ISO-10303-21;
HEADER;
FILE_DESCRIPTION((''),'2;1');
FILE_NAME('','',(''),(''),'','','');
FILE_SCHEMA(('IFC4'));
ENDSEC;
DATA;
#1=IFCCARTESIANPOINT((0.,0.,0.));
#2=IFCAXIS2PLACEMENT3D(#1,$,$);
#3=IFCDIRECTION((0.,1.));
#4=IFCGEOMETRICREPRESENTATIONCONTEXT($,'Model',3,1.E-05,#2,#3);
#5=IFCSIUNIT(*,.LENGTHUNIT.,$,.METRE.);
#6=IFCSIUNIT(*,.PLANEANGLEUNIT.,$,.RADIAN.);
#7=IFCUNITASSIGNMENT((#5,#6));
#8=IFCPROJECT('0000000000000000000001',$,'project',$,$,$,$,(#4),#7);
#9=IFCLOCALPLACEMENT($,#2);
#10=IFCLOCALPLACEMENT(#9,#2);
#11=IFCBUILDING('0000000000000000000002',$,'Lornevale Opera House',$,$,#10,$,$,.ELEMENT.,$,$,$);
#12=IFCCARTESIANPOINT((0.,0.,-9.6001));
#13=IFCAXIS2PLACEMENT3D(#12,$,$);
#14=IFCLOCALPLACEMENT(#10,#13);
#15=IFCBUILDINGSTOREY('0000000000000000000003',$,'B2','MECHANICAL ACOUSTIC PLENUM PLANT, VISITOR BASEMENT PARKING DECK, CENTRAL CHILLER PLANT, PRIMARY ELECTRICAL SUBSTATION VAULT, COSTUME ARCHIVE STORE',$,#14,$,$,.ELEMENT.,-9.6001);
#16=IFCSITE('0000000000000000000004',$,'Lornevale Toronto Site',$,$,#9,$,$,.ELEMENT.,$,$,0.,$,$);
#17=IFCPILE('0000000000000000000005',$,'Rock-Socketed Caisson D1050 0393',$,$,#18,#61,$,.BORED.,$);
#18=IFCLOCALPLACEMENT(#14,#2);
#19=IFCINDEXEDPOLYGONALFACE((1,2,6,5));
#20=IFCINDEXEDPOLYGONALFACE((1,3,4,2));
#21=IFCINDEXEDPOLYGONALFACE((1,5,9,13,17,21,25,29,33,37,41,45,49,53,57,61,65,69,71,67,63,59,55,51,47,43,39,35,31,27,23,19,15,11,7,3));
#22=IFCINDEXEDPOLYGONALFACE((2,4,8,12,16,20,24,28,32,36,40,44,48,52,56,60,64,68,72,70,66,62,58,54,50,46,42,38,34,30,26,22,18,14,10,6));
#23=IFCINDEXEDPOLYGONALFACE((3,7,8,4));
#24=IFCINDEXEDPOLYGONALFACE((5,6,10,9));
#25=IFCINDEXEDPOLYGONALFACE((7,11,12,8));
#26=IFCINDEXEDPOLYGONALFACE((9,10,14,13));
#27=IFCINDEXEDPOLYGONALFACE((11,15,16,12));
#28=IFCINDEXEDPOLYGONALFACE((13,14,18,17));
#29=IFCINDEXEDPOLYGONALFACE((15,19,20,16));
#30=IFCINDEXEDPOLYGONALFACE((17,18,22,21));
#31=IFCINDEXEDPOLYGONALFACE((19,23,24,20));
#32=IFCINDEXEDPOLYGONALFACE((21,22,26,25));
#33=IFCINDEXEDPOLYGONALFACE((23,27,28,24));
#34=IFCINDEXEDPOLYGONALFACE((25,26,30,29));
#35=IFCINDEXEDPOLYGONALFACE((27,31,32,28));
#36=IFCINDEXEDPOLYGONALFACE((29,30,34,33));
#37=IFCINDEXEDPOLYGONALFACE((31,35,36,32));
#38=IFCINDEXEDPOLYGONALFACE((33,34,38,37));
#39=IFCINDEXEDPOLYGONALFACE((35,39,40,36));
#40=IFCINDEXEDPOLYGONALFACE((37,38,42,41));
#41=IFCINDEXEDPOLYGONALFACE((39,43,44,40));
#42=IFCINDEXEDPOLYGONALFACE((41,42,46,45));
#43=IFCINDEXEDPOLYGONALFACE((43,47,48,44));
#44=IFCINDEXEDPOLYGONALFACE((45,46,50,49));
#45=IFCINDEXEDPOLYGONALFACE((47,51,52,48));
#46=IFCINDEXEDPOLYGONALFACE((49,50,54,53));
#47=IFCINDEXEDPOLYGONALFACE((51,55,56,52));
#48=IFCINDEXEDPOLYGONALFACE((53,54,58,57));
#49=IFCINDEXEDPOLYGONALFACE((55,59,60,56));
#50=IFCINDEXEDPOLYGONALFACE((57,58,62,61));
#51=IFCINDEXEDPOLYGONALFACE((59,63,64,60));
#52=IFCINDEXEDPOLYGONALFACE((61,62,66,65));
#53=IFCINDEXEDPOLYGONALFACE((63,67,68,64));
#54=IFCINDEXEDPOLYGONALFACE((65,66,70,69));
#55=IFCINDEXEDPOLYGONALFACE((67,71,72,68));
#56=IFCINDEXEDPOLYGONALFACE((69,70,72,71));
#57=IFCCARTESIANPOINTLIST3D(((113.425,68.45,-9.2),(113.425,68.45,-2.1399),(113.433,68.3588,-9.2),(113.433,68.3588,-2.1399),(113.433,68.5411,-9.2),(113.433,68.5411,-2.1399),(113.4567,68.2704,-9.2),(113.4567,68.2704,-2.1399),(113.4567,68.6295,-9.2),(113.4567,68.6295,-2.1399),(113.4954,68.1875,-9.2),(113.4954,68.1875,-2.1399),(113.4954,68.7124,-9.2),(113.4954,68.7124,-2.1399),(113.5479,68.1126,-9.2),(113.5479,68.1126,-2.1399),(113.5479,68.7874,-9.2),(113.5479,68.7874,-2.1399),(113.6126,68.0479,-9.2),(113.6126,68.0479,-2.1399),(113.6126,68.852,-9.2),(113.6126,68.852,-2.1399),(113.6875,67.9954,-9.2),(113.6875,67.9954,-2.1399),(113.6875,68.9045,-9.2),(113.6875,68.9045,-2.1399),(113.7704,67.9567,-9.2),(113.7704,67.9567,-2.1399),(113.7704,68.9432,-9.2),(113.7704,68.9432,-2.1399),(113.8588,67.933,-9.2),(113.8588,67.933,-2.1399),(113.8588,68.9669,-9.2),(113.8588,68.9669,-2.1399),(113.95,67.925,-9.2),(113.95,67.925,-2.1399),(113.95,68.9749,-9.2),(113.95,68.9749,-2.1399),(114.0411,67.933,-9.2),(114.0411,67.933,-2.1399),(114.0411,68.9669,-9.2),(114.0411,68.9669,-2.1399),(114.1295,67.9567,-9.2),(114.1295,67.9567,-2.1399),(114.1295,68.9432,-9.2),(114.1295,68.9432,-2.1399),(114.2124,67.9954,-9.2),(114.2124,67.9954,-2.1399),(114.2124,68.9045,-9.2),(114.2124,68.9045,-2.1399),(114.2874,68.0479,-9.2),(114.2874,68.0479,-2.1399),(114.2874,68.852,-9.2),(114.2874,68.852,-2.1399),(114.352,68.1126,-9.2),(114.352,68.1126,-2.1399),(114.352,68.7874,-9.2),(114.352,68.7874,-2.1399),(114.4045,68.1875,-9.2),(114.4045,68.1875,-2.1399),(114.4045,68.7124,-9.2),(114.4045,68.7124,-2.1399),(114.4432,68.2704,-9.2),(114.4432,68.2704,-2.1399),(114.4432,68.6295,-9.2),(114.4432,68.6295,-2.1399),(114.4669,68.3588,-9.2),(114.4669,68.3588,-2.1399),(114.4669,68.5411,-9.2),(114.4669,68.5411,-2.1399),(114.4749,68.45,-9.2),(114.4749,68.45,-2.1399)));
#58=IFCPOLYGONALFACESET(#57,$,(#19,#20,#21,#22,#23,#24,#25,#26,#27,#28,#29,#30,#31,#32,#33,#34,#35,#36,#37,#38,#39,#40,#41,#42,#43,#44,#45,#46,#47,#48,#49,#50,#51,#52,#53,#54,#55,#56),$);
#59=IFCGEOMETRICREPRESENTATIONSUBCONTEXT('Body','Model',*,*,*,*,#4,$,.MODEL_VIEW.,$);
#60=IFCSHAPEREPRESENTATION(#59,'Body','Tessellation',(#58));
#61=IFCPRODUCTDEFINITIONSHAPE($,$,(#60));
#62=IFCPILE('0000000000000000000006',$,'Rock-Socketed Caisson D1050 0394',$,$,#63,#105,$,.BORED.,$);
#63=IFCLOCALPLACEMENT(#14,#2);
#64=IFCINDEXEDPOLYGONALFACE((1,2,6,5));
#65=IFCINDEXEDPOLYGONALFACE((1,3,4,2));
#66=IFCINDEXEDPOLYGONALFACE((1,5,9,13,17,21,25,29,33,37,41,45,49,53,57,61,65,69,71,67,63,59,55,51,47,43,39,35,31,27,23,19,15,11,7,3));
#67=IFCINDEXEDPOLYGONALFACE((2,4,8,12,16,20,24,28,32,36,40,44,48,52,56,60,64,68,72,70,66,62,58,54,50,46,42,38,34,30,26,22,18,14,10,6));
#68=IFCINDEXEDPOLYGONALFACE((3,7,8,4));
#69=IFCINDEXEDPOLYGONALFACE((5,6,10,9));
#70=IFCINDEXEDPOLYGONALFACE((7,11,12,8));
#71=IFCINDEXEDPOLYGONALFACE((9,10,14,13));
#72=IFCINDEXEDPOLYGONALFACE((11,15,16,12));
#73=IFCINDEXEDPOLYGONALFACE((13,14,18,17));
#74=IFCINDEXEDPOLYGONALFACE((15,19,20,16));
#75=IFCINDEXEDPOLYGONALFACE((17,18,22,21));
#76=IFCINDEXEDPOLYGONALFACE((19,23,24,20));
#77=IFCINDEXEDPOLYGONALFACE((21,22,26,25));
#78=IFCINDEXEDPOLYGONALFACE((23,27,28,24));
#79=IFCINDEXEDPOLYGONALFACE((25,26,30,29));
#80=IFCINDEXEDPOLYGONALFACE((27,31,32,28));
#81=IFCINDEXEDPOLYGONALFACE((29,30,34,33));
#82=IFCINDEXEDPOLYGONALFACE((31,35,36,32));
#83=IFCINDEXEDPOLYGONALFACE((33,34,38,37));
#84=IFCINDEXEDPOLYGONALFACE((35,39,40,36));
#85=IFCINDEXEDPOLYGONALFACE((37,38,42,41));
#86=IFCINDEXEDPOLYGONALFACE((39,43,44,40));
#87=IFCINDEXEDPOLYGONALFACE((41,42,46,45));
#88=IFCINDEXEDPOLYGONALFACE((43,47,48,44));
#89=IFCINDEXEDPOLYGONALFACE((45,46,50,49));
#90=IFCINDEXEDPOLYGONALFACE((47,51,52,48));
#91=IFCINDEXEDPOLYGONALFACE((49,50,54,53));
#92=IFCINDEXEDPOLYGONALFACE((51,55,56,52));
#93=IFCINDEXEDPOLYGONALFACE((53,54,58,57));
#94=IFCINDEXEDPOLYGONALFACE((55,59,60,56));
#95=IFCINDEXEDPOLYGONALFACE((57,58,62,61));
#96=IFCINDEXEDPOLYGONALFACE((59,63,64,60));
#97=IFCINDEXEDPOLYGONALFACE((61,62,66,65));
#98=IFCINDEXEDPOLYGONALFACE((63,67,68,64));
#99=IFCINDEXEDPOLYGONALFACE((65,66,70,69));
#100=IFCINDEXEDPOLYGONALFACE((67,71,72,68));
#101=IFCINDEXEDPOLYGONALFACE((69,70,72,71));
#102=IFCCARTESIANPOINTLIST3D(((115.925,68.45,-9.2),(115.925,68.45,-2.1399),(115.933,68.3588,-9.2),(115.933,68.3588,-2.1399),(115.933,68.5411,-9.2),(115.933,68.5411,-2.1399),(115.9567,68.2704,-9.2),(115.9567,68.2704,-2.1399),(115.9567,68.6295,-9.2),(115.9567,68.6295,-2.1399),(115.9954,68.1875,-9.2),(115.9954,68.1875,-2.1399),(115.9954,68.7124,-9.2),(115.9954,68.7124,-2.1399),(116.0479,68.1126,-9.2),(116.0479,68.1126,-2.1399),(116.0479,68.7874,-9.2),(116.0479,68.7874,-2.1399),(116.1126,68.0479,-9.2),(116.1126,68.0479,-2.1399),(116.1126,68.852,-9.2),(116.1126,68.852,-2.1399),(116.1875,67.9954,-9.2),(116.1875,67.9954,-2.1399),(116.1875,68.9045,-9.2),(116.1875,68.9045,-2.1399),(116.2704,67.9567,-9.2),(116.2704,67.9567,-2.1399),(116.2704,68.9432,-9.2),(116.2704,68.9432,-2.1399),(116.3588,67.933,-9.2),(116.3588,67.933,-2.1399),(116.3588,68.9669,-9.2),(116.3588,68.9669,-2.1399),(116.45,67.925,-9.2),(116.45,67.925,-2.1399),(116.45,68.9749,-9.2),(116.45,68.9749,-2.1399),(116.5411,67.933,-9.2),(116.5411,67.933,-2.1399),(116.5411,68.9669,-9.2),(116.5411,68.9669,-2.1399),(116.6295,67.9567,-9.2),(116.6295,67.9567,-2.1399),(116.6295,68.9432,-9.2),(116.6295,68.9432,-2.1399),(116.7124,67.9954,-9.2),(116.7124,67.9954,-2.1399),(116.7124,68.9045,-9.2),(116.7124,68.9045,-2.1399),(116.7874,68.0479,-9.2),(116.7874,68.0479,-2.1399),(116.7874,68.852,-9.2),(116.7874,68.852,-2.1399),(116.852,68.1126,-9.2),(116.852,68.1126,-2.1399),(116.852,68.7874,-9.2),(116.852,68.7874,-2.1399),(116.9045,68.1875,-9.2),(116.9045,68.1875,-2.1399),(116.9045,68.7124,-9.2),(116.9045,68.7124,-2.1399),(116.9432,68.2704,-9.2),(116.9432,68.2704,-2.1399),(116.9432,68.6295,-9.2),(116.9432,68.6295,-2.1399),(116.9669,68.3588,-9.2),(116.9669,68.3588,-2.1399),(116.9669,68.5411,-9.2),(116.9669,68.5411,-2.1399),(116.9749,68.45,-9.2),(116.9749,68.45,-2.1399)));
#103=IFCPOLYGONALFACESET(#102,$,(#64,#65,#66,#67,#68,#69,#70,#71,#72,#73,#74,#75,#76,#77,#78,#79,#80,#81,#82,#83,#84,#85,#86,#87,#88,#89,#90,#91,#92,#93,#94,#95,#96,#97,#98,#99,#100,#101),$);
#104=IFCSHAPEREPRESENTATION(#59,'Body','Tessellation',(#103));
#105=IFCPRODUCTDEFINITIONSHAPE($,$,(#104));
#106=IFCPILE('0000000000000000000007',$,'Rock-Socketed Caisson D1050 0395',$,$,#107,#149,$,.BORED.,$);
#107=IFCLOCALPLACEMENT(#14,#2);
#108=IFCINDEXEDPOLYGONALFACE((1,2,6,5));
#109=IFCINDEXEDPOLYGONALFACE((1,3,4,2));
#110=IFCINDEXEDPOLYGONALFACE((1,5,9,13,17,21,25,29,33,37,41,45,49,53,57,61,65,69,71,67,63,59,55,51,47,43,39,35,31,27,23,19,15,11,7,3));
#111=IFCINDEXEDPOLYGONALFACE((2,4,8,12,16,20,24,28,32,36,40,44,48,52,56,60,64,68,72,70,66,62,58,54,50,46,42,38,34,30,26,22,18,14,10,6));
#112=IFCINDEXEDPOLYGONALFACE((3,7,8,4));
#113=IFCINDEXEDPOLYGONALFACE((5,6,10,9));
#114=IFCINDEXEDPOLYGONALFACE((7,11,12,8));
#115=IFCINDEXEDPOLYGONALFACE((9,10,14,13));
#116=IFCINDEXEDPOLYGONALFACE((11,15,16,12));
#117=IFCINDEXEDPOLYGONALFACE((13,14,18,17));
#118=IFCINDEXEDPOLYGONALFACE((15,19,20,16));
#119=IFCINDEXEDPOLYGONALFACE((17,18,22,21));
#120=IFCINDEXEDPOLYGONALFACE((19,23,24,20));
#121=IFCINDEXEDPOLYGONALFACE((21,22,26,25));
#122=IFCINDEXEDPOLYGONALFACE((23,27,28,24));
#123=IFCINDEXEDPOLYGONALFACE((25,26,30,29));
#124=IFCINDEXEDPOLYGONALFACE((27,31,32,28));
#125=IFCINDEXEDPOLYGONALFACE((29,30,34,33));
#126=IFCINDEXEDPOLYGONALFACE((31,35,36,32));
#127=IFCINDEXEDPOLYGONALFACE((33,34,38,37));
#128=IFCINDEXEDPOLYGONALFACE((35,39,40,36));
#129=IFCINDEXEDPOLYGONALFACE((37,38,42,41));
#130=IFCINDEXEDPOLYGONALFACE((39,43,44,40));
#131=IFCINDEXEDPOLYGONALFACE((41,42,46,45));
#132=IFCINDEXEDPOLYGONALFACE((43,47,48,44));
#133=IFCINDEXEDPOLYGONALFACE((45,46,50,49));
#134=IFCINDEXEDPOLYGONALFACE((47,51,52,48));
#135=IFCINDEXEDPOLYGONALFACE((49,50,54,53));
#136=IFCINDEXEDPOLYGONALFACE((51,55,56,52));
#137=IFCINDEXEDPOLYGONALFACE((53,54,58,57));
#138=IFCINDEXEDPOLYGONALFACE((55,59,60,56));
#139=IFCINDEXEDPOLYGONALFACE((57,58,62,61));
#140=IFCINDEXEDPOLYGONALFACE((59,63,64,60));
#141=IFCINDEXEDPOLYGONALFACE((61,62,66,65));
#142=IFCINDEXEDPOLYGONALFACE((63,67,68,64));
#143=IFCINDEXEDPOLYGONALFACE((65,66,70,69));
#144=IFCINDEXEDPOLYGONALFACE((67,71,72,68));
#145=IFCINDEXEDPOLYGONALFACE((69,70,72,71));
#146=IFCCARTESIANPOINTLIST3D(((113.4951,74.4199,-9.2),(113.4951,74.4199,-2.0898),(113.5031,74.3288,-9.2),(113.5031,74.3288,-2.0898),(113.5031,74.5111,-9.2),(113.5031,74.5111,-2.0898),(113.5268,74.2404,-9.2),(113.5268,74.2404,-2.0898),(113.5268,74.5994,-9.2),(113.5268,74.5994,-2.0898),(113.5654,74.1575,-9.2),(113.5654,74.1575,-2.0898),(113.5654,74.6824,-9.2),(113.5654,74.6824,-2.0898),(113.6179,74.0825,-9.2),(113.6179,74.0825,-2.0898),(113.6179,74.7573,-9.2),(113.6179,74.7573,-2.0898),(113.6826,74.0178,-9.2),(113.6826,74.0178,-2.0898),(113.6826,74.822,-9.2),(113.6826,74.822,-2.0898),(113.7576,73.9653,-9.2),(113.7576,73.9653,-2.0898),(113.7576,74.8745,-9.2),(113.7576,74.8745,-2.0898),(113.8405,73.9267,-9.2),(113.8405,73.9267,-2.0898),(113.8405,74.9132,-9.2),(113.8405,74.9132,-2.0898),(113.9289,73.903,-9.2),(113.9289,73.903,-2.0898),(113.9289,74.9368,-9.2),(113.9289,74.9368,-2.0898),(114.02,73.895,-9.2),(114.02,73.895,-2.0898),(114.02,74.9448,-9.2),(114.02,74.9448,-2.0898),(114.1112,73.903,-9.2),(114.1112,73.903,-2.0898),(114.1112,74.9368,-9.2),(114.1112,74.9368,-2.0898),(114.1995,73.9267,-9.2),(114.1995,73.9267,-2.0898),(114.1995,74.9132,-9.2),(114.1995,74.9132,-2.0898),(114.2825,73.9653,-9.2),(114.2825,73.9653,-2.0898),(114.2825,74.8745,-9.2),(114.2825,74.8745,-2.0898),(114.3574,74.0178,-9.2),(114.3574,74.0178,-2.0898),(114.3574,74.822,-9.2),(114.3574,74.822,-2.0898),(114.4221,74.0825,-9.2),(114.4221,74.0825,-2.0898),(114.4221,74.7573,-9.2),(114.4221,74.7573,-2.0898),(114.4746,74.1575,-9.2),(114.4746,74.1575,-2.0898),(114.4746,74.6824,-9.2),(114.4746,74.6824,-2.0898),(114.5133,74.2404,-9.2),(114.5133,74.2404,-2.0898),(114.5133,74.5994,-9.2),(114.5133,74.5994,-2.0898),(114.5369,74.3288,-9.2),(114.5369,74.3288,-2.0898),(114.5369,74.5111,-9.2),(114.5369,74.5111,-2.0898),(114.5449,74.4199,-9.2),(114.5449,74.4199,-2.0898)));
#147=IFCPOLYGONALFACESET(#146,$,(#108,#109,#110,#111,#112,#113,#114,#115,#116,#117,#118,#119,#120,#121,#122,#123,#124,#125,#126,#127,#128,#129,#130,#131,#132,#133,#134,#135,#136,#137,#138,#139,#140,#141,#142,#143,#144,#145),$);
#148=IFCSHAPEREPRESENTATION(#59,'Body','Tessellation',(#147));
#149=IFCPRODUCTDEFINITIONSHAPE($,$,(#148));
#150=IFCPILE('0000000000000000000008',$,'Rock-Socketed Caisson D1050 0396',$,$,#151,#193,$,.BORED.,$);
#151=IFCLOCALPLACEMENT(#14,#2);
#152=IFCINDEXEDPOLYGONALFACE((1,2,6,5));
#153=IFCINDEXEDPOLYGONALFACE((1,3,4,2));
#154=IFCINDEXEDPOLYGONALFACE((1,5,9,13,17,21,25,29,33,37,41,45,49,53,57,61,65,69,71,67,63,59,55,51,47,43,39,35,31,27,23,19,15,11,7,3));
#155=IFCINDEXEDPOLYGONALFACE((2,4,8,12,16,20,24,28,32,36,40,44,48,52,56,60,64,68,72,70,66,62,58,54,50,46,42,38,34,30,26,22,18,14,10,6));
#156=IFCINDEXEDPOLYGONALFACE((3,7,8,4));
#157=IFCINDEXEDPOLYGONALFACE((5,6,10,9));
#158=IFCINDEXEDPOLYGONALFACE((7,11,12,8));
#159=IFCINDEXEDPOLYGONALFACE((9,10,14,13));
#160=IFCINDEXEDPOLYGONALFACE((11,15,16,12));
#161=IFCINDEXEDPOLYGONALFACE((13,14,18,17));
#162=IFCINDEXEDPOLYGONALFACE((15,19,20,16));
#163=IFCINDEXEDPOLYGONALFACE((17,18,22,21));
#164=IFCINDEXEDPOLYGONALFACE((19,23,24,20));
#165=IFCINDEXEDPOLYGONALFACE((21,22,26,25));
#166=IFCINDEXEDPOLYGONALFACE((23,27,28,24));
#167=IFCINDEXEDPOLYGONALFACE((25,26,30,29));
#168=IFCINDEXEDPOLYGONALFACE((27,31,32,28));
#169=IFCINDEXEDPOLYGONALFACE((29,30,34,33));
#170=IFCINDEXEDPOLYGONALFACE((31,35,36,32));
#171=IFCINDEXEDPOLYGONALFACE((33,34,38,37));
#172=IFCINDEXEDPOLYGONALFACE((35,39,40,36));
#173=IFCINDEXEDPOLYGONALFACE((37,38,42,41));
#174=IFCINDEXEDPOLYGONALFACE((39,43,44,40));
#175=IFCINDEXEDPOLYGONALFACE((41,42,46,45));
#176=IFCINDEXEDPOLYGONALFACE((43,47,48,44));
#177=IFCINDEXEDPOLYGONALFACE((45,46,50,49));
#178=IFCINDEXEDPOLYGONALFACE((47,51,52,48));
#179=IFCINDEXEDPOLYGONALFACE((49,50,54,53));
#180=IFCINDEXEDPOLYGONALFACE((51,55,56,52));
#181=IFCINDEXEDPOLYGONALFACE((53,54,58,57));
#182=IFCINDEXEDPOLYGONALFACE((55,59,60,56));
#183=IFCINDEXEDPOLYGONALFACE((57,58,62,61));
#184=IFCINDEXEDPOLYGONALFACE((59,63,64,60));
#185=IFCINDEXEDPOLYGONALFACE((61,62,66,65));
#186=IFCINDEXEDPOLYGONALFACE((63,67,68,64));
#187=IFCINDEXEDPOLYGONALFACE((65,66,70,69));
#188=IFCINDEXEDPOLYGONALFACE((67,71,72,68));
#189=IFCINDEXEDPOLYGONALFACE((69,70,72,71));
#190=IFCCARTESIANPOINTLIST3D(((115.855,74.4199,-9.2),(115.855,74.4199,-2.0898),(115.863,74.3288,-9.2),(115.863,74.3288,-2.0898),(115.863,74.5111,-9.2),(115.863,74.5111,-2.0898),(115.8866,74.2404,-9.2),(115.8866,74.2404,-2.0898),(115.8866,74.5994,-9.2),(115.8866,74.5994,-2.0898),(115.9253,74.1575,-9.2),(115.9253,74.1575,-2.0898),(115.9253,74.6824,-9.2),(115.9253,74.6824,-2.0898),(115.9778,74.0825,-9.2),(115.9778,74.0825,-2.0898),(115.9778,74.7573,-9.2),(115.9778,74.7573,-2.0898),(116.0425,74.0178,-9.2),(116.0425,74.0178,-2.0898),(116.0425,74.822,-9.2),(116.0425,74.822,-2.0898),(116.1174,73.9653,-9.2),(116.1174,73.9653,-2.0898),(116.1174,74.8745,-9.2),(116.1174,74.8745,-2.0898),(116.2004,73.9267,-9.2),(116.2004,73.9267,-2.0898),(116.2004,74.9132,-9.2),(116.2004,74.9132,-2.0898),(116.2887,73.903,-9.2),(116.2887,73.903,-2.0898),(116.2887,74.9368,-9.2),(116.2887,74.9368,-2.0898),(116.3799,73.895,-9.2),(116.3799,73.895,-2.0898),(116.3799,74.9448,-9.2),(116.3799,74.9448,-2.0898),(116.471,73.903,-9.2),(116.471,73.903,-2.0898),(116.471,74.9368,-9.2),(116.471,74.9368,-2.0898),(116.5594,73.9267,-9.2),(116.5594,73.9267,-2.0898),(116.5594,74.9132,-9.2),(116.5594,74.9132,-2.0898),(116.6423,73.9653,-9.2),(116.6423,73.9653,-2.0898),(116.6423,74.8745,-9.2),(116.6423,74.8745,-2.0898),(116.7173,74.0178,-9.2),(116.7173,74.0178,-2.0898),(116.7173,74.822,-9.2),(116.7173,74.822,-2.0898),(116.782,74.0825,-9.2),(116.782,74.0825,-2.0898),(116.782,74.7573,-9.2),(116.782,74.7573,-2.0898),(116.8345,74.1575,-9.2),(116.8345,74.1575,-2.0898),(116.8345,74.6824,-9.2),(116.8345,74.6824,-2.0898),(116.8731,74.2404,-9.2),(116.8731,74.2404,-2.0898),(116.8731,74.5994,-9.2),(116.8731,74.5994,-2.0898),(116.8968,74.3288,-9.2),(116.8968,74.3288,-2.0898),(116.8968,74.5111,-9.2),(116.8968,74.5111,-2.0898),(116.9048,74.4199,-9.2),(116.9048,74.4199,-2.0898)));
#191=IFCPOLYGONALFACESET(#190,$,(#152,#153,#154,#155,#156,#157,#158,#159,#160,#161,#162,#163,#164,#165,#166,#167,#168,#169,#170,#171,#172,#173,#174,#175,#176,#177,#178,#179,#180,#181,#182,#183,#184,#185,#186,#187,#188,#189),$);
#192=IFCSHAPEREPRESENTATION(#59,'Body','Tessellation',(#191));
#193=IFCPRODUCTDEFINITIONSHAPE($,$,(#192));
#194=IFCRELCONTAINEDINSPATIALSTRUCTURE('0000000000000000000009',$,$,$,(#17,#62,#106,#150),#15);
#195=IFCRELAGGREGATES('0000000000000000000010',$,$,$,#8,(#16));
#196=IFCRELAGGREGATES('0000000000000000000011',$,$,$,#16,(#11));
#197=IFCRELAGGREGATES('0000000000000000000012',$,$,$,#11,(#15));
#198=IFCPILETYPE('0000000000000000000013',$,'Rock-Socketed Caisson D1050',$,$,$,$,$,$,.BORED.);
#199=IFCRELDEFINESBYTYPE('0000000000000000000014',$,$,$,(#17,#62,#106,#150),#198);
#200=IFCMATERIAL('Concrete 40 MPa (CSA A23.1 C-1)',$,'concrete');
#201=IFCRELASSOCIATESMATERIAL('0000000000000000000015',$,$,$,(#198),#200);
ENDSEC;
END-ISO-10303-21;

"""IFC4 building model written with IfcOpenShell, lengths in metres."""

from ifc_helpers import new_model, si_unit, direction, frame, origin, origin_2d, place, context, subcontext, project, spatial, circle, extrude, material, material_profile, profile_set, type_object, element, save


model = new_model("IFC4")

# Units and contexts
model_context = context("Model", 3, precision=1e-05, world=origin(), true_north=direction((0.0, 1.0)))
body_context = subcontext(model_context, "Body", "Model", "MODEL_VIEW")
ifc_project = project(units=[si_unit("LENGTHUNIT", "METRE"), si_unit("PLANEANGLEUNIT", "RADIAN")], contexts=[model_context])

# Site, building, storey
site_placement = place(None, origin())
site = spatial("IfcSite", under=ifc_project, at=site_placement, Name="Lornevale Toronto Site", CompositionType="ELEMENT", RefElevation=0.0)
building_placement = place(site_placement, origin())
building = spatial("IfcBuilding", under=site, at=building_placement, Name="Lornevale Opera House", CompositionType="ELEMENT")
storey_placement = place(building_placement, frame((0.0, 0.0, -9.6001)))
storey = spatial("IfcBuildingStorey", under=building, at=storey_placement, Name="B2", Description="MECHANICAL ACOUSTIC PLENUM PLANT, VISITOR BASEMENT PARKING DECK, CENTRAL CHILLER PLANT, PRIMARY ELECTRICAL SUBSTATION VAULT, COSTUME ARCHIVE STORE", CompositionType="ELEMENT", Elevation=-9.6001)

# Piles
ifc_material_1 = material(Name="Concrete 40 MPa (CSA A23.1 C-1)", Category="concrete")
ifc_material_profile_1 = material_profile(ifc_material_1, circle(Radius=0.5249, at=origin_2d()), Name="CAIS1050")
ifc_profile_set_1 = profile_set([ifc_material_profile_1], Name="Concrete 40 MPa (CSA A23.1 C-1)")
pile_type_1 = type_object("IfcPileType", Name="Rock-Socketed Caisson D1050", PredefinedType="BORED", material=ifc_profile_set_1)
for number, where, z_axis, x_axis, name in (
    (1, (113.95, 68.45, -2.1399), (0.0, 0.0, -1.0), (1.0, 0.0, 0.0), "Rock-Socketed Caisson D1050 0393"),
    (2, (116.45, 68.45, -2.1399), (0.0, 0.0, -1.0), (1.0, 0.0, 0.0), "Rock-Socketed Caisson D1050 0394"),
):
    element("IfcPile", number, at=place(storey_placement, frame(where, z_axis=z_axis, x_axis=x_axis)), inside=storey, type_object=pile_type_1, Name=name, PredefinedType="BORED", context=body_context, shape_type="SweptSolid", body=[
        extrude(circle(Radius=0.5249, at=origin_2d()), origin(), (0.0, 0.0, 1.0), 7.0601),
    ])
for number, where, z_axis, x_axis, name in (
    (3, (114.02, 74.4199, -2.0898), (0.0, 0.0, -1.0), (1.0, 0.0, 0.0), "Rock-Socketed Caisson D1050 0395"),
    (4, (116.3799, 74.4199, -2.0898), (0.0, 0.0, -1.0), (1.0, 0.0, 0.0), "Rock-Socketed Caisson D1050 0396"),
):
    element("IfcPile", number, at=place(storey_placement, frame(where, z_axis=z_axis, x_axis=x_axis)), inside=storey, type_object=pile_type_1, Name=name, PredefinedType="BORED", context=body_context, shape_type="SweptSolid", body=[
        extrude(circle(Radius=0.5249, at=origin_2d()), origin(), (0.0, 0.0, 1.0), 7.1101),
    ])

save(model, "model.ifc")
